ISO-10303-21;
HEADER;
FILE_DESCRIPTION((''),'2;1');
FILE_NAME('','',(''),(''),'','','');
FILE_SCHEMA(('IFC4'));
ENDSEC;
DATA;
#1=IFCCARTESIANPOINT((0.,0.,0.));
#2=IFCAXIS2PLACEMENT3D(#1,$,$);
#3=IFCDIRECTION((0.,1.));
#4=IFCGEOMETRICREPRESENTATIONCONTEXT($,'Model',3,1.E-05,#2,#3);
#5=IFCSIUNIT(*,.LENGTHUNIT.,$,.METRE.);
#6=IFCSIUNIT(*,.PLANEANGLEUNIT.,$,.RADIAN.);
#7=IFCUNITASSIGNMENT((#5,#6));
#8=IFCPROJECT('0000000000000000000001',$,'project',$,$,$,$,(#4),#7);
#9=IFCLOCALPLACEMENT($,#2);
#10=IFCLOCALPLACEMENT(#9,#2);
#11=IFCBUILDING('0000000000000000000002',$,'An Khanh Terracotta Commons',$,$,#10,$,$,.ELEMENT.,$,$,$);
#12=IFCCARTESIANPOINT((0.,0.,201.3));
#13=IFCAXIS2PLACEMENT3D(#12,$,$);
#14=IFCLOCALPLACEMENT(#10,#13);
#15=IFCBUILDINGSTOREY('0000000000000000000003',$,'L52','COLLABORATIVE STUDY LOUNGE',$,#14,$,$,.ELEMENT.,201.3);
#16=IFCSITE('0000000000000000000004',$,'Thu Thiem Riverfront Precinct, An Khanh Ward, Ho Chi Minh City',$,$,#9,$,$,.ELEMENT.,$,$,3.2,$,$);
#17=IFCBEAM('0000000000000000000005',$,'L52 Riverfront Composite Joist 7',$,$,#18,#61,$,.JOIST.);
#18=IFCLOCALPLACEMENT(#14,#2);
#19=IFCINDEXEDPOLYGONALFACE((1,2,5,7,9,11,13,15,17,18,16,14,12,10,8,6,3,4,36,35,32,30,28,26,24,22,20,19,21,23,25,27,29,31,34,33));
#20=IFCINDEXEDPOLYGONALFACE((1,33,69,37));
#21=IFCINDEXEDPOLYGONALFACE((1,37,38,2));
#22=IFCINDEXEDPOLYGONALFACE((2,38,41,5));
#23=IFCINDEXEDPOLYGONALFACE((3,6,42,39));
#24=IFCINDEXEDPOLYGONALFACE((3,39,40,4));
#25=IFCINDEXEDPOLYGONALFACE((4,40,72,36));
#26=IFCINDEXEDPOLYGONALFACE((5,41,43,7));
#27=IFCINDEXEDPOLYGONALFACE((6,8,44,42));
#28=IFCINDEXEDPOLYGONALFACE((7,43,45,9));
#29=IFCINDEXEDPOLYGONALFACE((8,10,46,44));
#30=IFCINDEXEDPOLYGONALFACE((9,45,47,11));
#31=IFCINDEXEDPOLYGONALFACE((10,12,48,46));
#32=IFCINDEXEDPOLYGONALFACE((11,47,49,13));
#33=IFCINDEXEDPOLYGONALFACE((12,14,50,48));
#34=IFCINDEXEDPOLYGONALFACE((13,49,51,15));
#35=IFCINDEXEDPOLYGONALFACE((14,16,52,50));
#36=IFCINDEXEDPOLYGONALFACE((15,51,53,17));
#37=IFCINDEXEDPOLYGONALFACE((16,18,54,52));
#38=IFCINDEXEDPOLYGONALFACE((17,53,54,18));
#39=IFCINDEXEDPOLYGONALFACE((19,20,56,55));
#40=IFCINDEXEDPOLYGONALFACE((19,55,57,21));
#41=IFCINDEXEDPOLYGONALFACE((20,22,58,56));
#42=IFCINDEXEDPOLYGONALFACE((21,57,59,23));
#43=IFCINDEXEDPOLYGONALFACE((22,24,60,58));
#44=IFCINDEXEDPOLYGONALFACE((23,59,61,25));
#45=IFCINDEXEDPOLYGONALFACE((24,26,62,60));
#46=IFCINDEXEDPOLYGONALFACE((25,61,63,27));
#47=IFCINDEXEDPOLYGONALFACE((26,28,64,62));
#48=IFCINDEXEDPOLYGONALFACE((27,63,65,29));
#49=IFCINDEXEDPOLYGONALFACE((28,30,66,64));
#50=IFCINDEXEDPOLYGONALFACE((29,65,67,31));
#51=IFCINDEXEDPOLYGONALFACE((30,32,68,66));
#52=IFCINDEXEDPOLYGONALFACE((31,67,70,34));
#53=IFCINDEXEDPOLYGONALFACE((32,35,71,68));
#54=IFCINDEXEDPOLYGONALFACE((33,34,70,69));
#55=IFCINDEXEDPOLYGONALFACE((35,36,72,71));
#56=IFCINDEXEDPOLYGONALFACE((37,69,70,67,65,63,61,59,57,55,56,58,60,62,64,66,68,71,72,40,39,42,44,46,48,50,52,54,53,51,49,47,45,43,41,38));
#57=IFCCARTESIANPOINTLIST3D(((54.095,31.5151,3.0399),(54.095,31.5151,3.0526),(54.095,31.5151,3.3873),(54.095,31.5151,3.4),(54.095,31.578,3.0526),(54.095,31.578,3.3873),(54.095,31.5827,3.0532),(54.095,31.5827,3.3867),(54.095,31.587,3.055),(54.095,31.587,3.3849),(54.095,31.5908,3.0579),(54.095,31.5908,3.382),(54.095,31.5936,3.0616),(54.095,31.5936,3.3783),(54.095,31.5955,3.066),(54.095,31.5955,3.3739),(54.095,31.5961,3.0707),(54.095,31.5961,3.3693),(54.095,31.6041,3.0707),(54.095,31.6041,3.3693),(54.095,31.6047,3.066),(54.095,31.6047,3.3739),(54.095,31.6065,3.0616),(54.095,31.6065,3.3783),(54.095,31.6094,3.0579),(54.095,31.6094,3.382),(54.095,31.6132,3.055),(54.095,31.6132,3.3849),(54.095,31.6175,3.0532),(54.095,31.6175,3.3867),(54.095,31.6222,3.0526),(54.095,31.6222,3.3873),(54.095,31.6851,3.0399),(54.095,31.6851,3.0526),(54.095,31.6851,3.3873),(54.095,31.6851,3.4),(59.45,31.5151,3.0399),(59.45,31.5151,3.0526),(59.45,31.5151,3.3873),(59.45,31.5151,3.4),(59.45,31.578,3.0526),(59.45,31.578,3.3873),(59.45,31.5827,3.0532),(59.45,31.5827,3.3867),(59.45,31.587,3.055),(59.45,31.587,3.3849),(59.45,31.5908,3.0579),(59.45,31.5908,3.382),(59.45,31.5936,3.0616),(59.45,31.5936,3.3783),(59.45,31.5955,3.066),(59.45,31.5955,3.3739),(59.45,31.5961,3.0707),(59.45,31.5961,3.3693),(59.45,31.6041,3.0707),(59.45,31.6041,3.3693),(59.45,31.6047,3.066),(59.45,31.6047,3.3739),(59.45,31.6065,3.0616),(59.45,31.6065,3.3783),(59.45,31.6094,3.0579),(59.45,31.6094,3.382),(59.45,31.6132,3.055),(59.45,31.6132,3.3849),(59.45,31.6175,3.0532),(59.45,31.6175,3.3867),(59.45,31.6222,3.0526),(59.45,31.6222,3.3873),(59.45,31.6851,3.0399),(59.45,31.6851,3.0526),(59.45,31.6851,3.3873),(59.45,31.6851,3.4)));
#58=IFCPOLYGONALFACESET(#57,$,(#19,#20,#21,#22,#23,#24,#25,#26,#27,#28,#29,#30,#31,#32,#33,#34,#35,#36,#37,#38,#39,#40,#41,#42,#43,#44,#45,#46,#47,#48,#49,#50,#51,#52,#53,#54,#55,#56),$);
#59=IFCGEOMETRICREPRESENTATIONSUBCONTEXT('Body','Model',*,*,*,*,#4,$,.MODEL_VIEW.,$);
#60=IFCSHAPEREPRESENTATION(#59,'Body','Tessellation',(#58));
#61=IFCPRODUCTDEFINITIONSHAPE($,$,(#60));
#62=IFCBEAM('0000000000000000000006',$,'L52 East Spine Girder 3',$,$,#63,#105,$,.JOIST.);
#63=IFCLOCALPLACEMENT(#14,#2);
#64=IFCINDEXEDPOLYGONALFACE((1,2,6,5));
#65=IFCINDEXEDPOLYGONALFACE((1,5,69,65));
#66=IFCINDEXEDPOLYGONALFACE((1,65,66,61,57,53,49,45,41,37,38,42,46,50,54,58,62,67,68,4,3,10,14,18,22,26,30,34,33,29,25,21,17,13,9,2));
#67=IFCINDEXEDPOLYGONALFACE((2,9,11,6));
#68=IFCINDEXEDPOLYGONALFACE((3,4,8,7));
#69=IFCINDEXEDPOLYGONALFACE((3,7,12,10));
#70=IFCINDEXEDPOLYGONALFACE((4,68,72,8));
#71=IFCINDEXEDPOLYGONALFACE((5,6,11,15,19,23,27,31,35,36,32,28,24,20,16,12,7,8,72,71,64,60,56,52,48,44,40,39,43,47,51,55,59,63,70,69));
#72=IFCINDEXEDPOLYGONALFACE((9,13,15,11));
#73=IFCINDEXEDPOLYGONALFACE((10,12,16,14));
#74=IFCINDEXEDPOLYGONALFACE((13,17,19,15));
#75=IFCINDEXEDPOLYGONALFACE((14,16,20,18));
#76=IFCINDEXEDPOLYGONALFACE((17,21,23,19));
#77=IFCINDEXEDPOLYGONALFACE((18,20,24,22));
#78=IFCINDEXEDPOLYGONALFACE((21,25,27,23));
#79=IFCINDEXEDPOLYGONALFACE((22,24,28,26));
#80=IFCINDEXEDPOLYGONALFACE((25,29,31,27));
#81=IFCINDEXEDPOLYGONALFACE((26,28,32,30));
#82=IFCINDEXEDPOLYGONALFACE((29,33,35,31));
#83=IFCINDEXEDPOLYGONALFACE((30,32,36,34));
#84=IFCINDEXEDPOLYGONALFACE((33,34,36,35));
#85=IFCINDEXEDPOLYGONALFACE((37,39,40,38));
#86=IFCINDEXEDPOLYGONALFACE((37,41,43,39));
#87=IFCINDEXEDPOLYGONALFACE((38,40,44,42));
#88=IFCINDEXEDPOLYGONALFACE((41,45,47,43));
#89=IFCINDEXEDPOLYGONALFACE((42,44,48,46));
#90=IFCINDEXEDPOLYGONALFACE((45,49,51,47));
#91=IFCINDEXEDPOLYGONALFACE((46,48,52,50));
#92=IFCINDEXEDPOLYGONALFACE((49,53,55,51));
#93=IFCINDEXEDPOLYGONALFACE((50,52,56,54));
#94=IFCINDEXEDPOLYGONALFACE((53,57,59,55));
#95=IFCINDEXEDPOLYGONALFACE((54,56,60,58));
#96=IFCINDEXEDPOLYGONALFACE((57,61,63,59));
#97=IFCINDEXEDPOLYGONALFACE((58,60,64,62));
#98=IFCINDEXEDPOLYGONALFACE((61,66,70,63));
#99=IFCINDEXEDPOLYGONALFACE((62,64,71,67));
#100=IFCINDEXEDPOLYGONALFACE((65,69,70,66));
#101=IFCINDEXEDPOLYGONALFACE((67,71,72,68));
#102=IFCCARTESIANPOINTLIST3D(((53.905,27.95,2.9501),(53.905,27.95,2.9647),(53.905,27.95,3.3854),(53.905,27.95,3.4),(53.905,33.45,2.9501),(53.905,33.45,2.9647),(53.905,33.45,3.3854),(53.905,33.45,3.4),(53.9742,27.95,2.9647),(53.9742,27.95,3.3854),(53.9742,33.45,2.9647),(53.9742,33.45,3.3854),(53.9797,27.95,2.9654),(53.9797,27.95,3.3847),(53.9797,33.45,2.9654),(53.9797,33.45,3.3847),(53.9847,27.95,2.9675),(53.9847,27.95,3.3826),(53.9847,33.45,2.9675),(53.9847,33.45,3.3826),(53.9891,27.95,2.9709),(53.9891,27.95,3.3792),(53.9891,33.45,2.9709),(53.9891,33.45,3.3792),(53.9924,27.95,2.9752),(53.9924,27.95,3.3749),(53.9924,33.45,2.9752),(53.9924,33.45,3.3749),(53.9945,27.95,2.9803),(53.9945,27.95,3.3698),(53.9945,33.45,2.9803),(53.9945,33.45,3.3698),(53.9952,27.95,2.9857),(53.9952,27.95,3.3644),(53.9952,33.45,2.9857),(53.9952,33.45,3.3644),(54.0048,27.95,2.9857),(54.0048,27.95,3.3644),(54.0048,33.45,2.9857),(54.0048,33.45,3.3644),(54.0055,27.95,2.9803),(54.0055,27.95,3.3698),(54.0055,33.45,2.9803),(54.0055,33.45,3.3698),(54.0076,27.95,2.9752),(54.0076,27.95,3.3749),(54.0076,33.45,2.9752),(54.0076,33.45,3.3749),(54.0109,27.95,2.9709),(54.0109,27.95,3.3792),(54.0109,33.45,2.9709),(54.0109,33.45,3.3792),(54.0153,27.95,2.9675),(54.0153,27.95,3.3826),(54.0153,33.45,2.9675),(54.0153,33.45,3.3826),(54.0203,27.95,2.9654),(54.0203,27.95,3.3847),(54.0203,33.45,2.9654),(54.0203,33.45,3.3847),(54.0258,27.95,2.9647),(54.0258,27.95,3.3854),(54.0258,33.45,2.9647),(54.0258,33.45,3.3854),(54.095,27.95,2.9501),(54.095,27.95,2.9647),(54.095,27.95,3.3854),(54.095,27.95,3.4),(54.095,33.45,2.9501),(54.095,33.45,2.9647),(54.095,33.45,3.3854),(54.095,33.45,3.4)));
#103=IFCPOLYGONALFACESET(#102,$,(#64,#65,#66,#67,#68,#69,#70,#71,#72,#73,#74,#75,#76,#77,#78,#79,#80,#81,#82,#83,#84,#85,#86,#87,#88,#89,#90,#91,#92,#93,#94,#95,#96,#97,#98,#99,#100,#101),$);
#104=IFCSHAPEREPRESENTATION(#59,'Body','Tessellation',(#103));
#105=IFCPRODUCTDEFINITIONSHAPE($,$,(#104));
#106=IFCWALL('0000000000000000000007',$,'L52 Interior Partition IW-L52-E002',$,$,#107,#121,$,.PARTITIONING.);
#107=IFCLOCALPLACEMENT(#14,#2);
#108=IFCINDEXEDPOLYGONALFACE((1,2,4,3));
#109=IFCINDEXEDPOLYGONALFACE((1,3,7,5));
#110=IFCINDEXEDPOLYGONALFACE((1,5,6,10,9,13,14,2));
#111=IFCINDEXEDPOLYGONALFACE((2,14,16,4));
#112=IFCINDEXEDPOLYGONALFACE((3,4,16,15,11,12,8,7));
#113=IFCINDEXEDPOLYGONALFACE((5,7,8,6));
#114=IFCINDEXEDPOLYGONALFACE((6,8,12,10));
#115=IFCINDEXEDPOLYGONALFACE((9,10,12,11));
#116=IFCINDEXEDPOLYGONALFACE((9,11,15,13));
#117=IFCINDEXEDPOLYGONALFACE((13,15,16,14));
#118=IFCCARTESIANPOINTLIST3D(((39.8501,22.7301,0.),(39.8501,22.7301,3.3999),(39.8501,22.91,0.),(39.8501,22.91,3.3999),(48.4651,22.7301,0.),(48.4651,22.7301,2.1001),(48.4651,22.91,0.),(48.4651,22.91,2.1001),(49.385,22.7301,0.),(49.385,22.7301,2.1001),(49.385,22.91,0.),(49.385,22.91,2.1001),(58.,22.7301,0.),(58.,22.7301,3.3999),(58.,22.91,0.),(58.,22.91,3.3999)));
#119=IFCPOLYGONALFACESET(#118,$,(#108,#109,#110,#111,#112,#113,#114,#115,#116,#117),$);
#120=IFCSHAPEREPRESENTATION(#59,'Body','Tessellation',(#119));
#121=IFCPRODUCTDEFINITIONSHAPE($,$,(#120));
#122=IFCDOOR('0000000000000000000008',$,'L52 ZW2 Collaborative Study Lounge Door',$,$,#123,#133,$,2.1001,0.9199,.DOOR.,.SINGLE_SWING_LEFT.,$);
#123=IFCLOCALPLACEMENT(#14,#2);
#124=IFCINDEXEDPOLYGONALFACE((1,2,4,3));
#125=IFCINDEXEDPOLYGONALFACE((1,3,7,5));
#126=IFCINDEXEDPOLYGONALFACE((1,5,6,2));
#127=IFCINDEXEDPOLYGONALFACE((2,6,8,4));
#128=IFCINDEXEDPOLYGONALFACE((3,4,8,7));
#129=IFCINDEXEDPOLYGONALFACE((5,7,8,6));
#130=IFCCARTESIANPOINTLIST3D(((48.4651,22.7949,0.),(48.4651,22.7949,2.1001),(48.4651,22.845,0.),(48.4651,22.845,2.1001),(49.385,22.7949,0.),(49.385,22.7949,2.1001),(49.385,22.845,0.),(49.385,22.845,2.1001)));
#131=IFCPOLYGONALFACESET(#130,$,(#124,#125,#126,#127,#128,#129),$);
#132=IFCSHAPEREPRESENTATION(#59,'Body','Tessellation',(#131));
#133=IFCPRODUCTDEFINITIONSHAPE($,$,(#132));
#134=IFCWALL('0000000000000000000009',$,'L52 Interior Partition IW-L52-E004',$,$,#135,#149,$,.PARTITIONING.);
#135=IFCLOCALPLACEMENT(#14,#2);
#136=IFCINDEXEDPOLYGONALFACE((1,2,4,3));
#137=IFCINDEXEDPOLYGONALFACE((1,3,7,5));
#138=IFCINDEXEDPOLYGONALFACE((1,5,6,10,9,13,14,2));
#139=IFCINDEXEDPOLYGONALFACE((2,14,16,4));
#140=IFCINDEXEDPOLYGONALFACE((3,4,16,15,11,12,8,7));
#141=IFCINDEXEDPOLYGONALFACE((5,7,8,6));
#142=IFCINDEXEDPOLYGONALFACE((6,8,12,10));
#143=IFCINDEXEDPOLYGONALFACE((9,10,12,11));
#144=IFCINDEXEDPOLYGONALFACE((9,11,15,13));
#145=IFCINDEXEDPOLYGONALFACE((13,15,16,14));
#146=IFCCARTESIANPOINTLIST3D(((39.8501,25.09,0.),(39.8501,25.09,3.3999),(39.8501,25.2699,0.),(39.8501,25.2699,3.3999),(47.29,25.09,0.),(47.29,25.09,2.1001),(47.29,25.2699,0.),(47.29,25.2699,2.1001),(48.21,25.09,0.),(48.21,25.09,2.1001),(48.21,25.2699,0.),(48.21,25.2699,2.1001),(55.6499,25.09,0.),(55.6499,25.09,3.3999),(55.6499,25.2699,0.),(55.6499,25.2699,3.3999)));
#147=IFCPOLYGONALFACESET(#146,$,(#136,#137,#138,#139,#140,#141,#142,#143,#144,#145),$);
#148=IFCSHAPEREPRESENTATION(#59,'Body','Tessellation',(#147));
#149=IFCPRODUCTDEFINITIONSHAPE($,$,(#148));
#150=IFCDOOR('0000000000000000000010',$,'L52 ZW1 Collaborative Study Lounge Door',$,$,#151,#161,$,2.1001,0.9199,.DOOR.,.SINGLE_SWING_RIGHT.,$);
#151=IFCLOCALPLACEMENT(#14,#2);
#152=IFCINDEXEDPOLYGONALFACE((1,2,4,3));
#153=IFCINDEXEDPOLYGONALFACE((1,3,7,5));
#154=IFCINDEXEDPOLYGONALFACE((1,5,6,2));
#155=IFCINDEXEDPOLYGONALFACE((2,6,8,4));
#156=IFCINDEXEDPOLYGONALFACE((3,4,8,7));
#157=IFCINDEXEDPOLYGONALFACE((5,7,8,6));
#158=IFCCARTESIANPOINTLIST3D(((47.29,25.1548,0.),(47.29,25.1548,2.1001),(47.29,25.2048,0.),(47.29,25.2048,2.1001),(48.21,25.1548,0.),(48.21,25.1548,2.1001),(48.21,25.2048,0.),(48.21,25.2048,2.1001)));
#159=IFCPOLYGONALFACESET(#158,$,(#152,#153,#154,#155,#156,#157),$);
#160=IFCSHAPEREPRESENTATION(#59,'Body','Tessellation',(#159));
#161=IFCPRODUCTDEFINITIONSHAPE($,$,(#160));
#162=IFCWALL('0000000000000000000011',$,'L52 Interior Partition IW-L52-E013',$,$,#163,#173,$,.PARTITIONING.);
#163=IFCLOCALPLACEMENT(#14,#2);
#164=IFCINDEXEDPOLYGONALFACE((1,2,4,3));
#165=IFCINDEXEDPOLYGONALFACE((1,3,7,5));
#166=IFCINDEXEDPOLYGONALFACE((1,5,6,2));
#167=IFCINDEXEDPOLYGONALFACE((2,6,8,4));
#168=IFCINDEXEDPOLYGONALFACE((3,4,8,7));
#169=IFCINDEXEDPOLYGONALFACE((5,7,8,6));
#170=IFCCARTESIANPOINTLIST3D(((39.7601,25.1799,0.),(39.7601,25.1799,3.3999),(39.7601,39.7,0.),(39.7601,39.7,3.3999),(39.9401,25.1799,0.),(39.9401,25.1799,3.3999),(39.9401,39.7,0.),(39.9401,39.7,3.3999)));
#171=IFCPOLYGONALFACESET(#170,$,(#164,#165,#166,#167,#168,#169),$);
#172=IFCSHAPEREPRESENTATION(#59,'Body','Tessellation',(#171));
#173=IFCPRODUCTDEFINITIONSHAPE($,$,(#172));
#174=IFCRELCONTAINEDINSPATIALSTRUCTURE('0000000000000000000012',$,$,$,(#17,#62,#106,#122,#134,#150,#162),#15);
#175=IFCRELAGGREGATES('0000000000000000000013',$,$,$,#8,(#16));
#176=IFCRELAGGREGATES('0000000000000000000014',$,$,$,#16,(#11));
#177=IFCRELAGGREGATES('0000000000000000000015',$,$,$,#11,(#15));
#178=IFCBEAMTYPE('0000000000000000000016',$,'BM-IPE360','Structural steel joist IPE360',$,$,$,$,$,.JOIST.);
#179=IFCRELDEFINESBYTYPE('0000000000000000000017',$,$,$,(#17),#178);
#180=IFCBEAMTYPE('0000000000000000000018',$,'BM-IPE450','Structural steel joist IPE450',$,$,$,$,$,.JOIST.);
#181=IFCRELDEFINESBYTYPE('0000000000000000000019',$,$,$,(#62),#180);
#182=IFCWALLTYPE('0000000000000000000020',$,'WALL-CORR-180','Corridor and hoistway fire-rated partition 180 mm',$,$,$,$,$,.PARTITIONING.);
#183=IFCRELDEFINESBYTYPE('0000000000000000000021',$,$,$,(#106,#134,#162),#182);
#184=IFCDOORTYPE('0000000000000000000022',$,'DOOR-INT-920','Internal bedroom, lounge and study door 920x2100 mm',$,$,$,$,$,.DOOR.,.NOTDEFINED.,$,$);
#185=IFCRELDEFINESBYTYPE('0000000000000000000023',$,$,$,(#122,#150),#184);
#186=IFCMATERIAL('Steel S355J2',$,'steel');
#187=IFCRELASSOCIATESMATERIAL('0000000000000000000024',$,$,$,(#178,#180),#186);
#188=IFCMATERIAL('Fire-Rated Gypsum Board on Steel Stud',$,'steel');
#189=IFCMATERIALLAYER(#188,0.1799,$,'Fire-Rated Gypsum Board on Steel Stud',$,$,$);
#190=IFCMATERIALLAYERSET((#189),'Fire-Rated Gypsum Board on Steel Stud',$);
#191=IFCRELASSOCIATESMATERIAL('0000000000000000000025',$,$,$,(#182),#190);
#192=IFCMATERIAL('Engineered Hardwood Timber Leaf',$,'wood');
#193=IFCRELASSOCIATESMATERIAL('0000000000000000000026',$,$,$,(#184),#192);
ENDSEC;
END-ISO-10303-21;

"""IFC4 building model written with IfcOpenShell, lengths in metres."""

from ifc_helpers import new_model, si_unit, direction, frame, frame_2d, origin, origin_2d, place, context, subcontext, project, spatial, rectangle, i_section, extrude, material, layer, layer_set, material_profile, profile_set, type_object, element, fill, save


model = new_model("IFC4")

# Units and contexts
model_context = context("Model", 3, precision=1e-05, world=origin(), true_north=direction((0.0, 1.0)))
body_context = subcontext(model_context, "Body", "Model", "MODEL_VIEW")
ifc_project = project(units=[si_unit("LENGTHUNIT", "METRE"), si_unit("PLANEANGLEUNIT", "RADIAN")], contexts=[model_context])

# Site, building, storey
site_placement = place(None, origin())
site = spatial("IfcSite", under=ifc_project, at=site_placement, Name="Thu Thiem Riverfront Precinct, An Khanh Ward, Ho Chi Minh City", CompositionType="ELEMENT", RefElevation=3.2)
building_placement = place(site_placement, origin())
building = spatial("IfcBuilding", under=site, at=building_placement, Name="An Khanh Terracotta Commons", CompositionType="ELEMENT")
storey_placement = place(building_placement, frame((0.0, 0.0, 201.3)))
storey = spatial("IfcBuildingStorey", under=building, at=storey_placement, Name="L52", Description="COLLABORATIVE STUDY LOUNGE", CompositionType="ELEMENT", Elevation=201.3)

# Beams
ifc_material_1 = material(Name="Steel S355J2", Category="steel")
ifc_material_profile_1 = material_profile(ifc_material_1, i_section(OverallWidth=0.1699, OverallDepth=0.3601, WebThickness=0.0081, FlangeThickness=0.0127, FilletRadius=0.0181, at=origin_2d()), Name="IPE360")
ifc_profile_set_1 = profile_set([ifc_material_profile_1], Name="Steel S355J2")
beam_type_1 = type_object("IfcBeamType", Name="BM-IPE360", Description="Structural steel joist IPE360", PredefinedType="JOIST", material=ifc_profile_set_1)
for number, where, z_axis, x_axis, name in (
    (1, (54.095, 31.6001, 3.22), (1.0, 0.0, 0.0), (0.0, 1.0, 0.0), "L52 Riverfront Composite Joist 7"),
):
    element("IfcBeam", number, at=place(storey_placement, frame(where, z_axis=z_axis, x_axis=x_axis)), inside=storey, type_object=beam_type_1, Name=name, PredefinedType="JOIST", context=body_context, shape_type="SweptSolid", body=[
        extrude(i_section(OverallWidth=0.1699, OverallDepth=0.3601, WebThickness=0.0081, FlangeThickness=0.0127, FilletRadius=0.0181, at=origin_2d()), origin(), (0.0, 0.0, 1.0), 5.355),
    ])
ifc_material_profile_2 = material_profile(ifc_material_1, i_section(OverallWidth=0.1899, OverallDepth=0.45, WebThickness=0.0095, FlangeThickness=0.0146, FilletRadius=0.021, at=origin_2d()), Name="IPE450")
ifc_profile_set_2 = profile_set([ifc_material_profile_2], Name="Steel S355J2")
beam_type_2 = type_object("IfcBeamType", Name="BM-IPE450", Description="Structural steel joist IPE450", PredefinedType="JOIST", material=ifc_profile_set_2)
beam_1_placement = place(storey_placement, frame((54.0, 27.95, 3.175), z_axis=(0.0, 1.0, 0.0), x_axis=(-1.0, 0.0, 0.0)))
element("IfcBeam", 2, at=beam_1_placement, inside=storey, type_object=beam_type_2, Name="L52 East Spine Girder 3", PredefinedType="JOIST", context=body_context, shape_type="SweptSolid", body=[
    extrude(i_section(OverallWidth=0.1899, OverallDepth=0.45, WebThickness=0.0095, FlangeThickness=0.0146, FilletRadius=0.021, at=origin_2d()), origin(), (0.0, 0.0, 1.0), 5.5),
])

# Walls, openings, doors
ifc_material_2 = material(Name="Fire-Rated Gypsum Board on Steel Stud", Category="steel")
ifc_layer_1 = layer(ifc_material_2, 0.1799, Name="Fire-Rated Gypsum Board on Steel Stud")
ifc_layer_set_1 = layer_set([ifc_layer_1], Name="Fire-Rated Gypsum Board on Steel Stud")
wall_type_1 = type_object("IfcWallType", Name="WALL-CORR-180", Description="Corridor and hoistway fire-rated partition 180 mm", PredefinedType="PARTITIONING", material=ifc_layer_set_1)
wall_1_placement = place(storey_placement, frame((39.8501, 22.8201, 0.0), z_axis=(0.0, 0.0, 1.0), x_axis=(1.0, 0.0, 0.0)))
wall_1 = element("IfcWall", 3, at=wall_1_placement, inside=storey, type_object=wall_type_1, Name="L52 Interior Partition IW-L52-E002", PredefinedType="PARTITIONING", context=body_context, shape_type="SweptSolid", body=[
    extrude(rectangle(XDim=18.1499, YDim=0.1799, at=frame_2d((9.075, 0.0))), origin(), (0.0, 0.0, 1.0), 3.3999),
])
opening_1_placement = place(wall_1_placement, frame((8.615, 0.0, 0.0)))
opening_1 = element("IfcOpeningElement", 4, at=opening_1_placement, cuts=wall_1, PredefinedType="OPENING", context=body_context, shape_type="SweptSolid", body=[
    extrude(rectangle(XDim=0.9199, YDim=2.1001, at=frame_2d((0.46, 1.05))), frame((0.0, 0.0999, 0.0), z_axis=(0.0, -1.0, 0.0), x_axis=(1.0, 0.0, 0.0)), (0.0, 0.0, 1.0), 0.2),
])
ifc_material_3 = material(Name="Engineered Hardwood Timber Leaf", Category="wood")
door_type_1 = type_object("IfcDoorType", Name="DOOR-INT-920", Description="Internal bedroom, lounge and study door 920x2100 mm", OperationType="NOTDEFINED", PredefinedType="DOOR", material=ifc_material_3)
door_1_placement = place(opening_1_placement, origin())
door_1 = element("IfcDoor", 5, at=door_1_placement, inside=storey, type_object=door_type_1, Name="L52 ZW2 Collaborative Study Lounge Door", OperationType="SINGLE_SWING_LEFT", OverallHeight=2.1001, OverallWidth=0.9199, PredefinedType="DOOR", context=body_context, shape_type="SweptSolid", body=[
    extrude(rectangle(XDim=0.9199, YDim=2.1001, at=frame_2d((0.46, 1.05))), frame((0.0, 0.0249, 0.0), z_axis=(0.0, -1.0, 0.0), x_axis=(1.0, 0.0, 0.0)), (0.0, 0.0, 1.0), 0.05),
])
fill(opening_1, door_1)
wall_2_placement = place(storey_placement, frame((39.8501, 25.1799, 0.0), z_axis=(0.0, 0.0, 1.0), x_axis=(1.0, 0.0, 0.0)))
wall_2 = element("IfcWall", 6, at=wall_2_placement, inside=storey, type_object=wall_type_1, Name="L52 Interior Partition IW-L52-E004", PredefinedType="PARTITIONING", context=body_context, shape_type="SweptSolid", body=[
    extrude(rectangle(XDim=15.7998, YDim=0.1799, at=frame_2d((7.8999, 0.0))), origin(), (0.0, 0.0, 1.0), 3.3999),
])
opening_2_placement = place(wall_2_placement, frame((7.4399, 0.0, 0.0)))
opening_2 = element("IfcOpeningElement", 7, at=opening_2_placement, cuts=wall_2, PredefinedType="OPENING", context=body_context, shape_type="SweptSolid", body=[
    extrude(rectangle(XDim=0.9199, YDim=2.1001, at=frame_2d((0.46, 1.05))), frame((0.0, 0.0999, 0.0), z_axis=(0.0, -1.0, 0.0), x_axis=(1.0, 0.0, 0.0)), (0.0, 0.0, 1.0), 0.2),
])
door_2_placement = place(opening_2_placement, origin())
door_2 = element("IfcDoor", 8, at=door_2_placement, inside=storey, type_object=door_type_1, Name="L52 ZW1 Collaborative Study Lounge Door", OperationType="SINGLE_SWING_RIGHT", OverallHeight=2.1001, OverallWidth=0.9199, PredefinedType="DOOR", context=body_context, shape_type="SweptSolid", body=[
    extrude(rectangle(XDim=0.9199, YDim=2.1001, at=frame_2d((0.46, 1.05))), frame((0.0, 0.0249, 0.0), z_axis=(0.0, -1.0, 0.0), x_axis=(1.0, 0.0, 0.0)), (0.0, 0.0, 1.0), 0.05),
])
fill(opening_2, door_2)

# Wall
wall_3_placement = place(storey_placement, frame((39.8501, 25.1799, 0.0), z_axis=(0.0, 0.0, 1.0), x_axis=(0.0, 1.0, 0.0)))
element("IfcWall", 9, at=wall_3_placement, inside=storey, type_object=wall_type_1, Name="L52 Interior Partition IW-L52-E013", PredefinedType="PARTITIONING", context=body_context, shape_type="SweptSolid", body=[
    extrude(rectangle(XDim=14.52, YDim=0.1799, at=frame_2d((7.26, 0.0))), origin(), (0.0, 0.0, 1.0), 3.3999),
])

save(model, "model.ifc")
